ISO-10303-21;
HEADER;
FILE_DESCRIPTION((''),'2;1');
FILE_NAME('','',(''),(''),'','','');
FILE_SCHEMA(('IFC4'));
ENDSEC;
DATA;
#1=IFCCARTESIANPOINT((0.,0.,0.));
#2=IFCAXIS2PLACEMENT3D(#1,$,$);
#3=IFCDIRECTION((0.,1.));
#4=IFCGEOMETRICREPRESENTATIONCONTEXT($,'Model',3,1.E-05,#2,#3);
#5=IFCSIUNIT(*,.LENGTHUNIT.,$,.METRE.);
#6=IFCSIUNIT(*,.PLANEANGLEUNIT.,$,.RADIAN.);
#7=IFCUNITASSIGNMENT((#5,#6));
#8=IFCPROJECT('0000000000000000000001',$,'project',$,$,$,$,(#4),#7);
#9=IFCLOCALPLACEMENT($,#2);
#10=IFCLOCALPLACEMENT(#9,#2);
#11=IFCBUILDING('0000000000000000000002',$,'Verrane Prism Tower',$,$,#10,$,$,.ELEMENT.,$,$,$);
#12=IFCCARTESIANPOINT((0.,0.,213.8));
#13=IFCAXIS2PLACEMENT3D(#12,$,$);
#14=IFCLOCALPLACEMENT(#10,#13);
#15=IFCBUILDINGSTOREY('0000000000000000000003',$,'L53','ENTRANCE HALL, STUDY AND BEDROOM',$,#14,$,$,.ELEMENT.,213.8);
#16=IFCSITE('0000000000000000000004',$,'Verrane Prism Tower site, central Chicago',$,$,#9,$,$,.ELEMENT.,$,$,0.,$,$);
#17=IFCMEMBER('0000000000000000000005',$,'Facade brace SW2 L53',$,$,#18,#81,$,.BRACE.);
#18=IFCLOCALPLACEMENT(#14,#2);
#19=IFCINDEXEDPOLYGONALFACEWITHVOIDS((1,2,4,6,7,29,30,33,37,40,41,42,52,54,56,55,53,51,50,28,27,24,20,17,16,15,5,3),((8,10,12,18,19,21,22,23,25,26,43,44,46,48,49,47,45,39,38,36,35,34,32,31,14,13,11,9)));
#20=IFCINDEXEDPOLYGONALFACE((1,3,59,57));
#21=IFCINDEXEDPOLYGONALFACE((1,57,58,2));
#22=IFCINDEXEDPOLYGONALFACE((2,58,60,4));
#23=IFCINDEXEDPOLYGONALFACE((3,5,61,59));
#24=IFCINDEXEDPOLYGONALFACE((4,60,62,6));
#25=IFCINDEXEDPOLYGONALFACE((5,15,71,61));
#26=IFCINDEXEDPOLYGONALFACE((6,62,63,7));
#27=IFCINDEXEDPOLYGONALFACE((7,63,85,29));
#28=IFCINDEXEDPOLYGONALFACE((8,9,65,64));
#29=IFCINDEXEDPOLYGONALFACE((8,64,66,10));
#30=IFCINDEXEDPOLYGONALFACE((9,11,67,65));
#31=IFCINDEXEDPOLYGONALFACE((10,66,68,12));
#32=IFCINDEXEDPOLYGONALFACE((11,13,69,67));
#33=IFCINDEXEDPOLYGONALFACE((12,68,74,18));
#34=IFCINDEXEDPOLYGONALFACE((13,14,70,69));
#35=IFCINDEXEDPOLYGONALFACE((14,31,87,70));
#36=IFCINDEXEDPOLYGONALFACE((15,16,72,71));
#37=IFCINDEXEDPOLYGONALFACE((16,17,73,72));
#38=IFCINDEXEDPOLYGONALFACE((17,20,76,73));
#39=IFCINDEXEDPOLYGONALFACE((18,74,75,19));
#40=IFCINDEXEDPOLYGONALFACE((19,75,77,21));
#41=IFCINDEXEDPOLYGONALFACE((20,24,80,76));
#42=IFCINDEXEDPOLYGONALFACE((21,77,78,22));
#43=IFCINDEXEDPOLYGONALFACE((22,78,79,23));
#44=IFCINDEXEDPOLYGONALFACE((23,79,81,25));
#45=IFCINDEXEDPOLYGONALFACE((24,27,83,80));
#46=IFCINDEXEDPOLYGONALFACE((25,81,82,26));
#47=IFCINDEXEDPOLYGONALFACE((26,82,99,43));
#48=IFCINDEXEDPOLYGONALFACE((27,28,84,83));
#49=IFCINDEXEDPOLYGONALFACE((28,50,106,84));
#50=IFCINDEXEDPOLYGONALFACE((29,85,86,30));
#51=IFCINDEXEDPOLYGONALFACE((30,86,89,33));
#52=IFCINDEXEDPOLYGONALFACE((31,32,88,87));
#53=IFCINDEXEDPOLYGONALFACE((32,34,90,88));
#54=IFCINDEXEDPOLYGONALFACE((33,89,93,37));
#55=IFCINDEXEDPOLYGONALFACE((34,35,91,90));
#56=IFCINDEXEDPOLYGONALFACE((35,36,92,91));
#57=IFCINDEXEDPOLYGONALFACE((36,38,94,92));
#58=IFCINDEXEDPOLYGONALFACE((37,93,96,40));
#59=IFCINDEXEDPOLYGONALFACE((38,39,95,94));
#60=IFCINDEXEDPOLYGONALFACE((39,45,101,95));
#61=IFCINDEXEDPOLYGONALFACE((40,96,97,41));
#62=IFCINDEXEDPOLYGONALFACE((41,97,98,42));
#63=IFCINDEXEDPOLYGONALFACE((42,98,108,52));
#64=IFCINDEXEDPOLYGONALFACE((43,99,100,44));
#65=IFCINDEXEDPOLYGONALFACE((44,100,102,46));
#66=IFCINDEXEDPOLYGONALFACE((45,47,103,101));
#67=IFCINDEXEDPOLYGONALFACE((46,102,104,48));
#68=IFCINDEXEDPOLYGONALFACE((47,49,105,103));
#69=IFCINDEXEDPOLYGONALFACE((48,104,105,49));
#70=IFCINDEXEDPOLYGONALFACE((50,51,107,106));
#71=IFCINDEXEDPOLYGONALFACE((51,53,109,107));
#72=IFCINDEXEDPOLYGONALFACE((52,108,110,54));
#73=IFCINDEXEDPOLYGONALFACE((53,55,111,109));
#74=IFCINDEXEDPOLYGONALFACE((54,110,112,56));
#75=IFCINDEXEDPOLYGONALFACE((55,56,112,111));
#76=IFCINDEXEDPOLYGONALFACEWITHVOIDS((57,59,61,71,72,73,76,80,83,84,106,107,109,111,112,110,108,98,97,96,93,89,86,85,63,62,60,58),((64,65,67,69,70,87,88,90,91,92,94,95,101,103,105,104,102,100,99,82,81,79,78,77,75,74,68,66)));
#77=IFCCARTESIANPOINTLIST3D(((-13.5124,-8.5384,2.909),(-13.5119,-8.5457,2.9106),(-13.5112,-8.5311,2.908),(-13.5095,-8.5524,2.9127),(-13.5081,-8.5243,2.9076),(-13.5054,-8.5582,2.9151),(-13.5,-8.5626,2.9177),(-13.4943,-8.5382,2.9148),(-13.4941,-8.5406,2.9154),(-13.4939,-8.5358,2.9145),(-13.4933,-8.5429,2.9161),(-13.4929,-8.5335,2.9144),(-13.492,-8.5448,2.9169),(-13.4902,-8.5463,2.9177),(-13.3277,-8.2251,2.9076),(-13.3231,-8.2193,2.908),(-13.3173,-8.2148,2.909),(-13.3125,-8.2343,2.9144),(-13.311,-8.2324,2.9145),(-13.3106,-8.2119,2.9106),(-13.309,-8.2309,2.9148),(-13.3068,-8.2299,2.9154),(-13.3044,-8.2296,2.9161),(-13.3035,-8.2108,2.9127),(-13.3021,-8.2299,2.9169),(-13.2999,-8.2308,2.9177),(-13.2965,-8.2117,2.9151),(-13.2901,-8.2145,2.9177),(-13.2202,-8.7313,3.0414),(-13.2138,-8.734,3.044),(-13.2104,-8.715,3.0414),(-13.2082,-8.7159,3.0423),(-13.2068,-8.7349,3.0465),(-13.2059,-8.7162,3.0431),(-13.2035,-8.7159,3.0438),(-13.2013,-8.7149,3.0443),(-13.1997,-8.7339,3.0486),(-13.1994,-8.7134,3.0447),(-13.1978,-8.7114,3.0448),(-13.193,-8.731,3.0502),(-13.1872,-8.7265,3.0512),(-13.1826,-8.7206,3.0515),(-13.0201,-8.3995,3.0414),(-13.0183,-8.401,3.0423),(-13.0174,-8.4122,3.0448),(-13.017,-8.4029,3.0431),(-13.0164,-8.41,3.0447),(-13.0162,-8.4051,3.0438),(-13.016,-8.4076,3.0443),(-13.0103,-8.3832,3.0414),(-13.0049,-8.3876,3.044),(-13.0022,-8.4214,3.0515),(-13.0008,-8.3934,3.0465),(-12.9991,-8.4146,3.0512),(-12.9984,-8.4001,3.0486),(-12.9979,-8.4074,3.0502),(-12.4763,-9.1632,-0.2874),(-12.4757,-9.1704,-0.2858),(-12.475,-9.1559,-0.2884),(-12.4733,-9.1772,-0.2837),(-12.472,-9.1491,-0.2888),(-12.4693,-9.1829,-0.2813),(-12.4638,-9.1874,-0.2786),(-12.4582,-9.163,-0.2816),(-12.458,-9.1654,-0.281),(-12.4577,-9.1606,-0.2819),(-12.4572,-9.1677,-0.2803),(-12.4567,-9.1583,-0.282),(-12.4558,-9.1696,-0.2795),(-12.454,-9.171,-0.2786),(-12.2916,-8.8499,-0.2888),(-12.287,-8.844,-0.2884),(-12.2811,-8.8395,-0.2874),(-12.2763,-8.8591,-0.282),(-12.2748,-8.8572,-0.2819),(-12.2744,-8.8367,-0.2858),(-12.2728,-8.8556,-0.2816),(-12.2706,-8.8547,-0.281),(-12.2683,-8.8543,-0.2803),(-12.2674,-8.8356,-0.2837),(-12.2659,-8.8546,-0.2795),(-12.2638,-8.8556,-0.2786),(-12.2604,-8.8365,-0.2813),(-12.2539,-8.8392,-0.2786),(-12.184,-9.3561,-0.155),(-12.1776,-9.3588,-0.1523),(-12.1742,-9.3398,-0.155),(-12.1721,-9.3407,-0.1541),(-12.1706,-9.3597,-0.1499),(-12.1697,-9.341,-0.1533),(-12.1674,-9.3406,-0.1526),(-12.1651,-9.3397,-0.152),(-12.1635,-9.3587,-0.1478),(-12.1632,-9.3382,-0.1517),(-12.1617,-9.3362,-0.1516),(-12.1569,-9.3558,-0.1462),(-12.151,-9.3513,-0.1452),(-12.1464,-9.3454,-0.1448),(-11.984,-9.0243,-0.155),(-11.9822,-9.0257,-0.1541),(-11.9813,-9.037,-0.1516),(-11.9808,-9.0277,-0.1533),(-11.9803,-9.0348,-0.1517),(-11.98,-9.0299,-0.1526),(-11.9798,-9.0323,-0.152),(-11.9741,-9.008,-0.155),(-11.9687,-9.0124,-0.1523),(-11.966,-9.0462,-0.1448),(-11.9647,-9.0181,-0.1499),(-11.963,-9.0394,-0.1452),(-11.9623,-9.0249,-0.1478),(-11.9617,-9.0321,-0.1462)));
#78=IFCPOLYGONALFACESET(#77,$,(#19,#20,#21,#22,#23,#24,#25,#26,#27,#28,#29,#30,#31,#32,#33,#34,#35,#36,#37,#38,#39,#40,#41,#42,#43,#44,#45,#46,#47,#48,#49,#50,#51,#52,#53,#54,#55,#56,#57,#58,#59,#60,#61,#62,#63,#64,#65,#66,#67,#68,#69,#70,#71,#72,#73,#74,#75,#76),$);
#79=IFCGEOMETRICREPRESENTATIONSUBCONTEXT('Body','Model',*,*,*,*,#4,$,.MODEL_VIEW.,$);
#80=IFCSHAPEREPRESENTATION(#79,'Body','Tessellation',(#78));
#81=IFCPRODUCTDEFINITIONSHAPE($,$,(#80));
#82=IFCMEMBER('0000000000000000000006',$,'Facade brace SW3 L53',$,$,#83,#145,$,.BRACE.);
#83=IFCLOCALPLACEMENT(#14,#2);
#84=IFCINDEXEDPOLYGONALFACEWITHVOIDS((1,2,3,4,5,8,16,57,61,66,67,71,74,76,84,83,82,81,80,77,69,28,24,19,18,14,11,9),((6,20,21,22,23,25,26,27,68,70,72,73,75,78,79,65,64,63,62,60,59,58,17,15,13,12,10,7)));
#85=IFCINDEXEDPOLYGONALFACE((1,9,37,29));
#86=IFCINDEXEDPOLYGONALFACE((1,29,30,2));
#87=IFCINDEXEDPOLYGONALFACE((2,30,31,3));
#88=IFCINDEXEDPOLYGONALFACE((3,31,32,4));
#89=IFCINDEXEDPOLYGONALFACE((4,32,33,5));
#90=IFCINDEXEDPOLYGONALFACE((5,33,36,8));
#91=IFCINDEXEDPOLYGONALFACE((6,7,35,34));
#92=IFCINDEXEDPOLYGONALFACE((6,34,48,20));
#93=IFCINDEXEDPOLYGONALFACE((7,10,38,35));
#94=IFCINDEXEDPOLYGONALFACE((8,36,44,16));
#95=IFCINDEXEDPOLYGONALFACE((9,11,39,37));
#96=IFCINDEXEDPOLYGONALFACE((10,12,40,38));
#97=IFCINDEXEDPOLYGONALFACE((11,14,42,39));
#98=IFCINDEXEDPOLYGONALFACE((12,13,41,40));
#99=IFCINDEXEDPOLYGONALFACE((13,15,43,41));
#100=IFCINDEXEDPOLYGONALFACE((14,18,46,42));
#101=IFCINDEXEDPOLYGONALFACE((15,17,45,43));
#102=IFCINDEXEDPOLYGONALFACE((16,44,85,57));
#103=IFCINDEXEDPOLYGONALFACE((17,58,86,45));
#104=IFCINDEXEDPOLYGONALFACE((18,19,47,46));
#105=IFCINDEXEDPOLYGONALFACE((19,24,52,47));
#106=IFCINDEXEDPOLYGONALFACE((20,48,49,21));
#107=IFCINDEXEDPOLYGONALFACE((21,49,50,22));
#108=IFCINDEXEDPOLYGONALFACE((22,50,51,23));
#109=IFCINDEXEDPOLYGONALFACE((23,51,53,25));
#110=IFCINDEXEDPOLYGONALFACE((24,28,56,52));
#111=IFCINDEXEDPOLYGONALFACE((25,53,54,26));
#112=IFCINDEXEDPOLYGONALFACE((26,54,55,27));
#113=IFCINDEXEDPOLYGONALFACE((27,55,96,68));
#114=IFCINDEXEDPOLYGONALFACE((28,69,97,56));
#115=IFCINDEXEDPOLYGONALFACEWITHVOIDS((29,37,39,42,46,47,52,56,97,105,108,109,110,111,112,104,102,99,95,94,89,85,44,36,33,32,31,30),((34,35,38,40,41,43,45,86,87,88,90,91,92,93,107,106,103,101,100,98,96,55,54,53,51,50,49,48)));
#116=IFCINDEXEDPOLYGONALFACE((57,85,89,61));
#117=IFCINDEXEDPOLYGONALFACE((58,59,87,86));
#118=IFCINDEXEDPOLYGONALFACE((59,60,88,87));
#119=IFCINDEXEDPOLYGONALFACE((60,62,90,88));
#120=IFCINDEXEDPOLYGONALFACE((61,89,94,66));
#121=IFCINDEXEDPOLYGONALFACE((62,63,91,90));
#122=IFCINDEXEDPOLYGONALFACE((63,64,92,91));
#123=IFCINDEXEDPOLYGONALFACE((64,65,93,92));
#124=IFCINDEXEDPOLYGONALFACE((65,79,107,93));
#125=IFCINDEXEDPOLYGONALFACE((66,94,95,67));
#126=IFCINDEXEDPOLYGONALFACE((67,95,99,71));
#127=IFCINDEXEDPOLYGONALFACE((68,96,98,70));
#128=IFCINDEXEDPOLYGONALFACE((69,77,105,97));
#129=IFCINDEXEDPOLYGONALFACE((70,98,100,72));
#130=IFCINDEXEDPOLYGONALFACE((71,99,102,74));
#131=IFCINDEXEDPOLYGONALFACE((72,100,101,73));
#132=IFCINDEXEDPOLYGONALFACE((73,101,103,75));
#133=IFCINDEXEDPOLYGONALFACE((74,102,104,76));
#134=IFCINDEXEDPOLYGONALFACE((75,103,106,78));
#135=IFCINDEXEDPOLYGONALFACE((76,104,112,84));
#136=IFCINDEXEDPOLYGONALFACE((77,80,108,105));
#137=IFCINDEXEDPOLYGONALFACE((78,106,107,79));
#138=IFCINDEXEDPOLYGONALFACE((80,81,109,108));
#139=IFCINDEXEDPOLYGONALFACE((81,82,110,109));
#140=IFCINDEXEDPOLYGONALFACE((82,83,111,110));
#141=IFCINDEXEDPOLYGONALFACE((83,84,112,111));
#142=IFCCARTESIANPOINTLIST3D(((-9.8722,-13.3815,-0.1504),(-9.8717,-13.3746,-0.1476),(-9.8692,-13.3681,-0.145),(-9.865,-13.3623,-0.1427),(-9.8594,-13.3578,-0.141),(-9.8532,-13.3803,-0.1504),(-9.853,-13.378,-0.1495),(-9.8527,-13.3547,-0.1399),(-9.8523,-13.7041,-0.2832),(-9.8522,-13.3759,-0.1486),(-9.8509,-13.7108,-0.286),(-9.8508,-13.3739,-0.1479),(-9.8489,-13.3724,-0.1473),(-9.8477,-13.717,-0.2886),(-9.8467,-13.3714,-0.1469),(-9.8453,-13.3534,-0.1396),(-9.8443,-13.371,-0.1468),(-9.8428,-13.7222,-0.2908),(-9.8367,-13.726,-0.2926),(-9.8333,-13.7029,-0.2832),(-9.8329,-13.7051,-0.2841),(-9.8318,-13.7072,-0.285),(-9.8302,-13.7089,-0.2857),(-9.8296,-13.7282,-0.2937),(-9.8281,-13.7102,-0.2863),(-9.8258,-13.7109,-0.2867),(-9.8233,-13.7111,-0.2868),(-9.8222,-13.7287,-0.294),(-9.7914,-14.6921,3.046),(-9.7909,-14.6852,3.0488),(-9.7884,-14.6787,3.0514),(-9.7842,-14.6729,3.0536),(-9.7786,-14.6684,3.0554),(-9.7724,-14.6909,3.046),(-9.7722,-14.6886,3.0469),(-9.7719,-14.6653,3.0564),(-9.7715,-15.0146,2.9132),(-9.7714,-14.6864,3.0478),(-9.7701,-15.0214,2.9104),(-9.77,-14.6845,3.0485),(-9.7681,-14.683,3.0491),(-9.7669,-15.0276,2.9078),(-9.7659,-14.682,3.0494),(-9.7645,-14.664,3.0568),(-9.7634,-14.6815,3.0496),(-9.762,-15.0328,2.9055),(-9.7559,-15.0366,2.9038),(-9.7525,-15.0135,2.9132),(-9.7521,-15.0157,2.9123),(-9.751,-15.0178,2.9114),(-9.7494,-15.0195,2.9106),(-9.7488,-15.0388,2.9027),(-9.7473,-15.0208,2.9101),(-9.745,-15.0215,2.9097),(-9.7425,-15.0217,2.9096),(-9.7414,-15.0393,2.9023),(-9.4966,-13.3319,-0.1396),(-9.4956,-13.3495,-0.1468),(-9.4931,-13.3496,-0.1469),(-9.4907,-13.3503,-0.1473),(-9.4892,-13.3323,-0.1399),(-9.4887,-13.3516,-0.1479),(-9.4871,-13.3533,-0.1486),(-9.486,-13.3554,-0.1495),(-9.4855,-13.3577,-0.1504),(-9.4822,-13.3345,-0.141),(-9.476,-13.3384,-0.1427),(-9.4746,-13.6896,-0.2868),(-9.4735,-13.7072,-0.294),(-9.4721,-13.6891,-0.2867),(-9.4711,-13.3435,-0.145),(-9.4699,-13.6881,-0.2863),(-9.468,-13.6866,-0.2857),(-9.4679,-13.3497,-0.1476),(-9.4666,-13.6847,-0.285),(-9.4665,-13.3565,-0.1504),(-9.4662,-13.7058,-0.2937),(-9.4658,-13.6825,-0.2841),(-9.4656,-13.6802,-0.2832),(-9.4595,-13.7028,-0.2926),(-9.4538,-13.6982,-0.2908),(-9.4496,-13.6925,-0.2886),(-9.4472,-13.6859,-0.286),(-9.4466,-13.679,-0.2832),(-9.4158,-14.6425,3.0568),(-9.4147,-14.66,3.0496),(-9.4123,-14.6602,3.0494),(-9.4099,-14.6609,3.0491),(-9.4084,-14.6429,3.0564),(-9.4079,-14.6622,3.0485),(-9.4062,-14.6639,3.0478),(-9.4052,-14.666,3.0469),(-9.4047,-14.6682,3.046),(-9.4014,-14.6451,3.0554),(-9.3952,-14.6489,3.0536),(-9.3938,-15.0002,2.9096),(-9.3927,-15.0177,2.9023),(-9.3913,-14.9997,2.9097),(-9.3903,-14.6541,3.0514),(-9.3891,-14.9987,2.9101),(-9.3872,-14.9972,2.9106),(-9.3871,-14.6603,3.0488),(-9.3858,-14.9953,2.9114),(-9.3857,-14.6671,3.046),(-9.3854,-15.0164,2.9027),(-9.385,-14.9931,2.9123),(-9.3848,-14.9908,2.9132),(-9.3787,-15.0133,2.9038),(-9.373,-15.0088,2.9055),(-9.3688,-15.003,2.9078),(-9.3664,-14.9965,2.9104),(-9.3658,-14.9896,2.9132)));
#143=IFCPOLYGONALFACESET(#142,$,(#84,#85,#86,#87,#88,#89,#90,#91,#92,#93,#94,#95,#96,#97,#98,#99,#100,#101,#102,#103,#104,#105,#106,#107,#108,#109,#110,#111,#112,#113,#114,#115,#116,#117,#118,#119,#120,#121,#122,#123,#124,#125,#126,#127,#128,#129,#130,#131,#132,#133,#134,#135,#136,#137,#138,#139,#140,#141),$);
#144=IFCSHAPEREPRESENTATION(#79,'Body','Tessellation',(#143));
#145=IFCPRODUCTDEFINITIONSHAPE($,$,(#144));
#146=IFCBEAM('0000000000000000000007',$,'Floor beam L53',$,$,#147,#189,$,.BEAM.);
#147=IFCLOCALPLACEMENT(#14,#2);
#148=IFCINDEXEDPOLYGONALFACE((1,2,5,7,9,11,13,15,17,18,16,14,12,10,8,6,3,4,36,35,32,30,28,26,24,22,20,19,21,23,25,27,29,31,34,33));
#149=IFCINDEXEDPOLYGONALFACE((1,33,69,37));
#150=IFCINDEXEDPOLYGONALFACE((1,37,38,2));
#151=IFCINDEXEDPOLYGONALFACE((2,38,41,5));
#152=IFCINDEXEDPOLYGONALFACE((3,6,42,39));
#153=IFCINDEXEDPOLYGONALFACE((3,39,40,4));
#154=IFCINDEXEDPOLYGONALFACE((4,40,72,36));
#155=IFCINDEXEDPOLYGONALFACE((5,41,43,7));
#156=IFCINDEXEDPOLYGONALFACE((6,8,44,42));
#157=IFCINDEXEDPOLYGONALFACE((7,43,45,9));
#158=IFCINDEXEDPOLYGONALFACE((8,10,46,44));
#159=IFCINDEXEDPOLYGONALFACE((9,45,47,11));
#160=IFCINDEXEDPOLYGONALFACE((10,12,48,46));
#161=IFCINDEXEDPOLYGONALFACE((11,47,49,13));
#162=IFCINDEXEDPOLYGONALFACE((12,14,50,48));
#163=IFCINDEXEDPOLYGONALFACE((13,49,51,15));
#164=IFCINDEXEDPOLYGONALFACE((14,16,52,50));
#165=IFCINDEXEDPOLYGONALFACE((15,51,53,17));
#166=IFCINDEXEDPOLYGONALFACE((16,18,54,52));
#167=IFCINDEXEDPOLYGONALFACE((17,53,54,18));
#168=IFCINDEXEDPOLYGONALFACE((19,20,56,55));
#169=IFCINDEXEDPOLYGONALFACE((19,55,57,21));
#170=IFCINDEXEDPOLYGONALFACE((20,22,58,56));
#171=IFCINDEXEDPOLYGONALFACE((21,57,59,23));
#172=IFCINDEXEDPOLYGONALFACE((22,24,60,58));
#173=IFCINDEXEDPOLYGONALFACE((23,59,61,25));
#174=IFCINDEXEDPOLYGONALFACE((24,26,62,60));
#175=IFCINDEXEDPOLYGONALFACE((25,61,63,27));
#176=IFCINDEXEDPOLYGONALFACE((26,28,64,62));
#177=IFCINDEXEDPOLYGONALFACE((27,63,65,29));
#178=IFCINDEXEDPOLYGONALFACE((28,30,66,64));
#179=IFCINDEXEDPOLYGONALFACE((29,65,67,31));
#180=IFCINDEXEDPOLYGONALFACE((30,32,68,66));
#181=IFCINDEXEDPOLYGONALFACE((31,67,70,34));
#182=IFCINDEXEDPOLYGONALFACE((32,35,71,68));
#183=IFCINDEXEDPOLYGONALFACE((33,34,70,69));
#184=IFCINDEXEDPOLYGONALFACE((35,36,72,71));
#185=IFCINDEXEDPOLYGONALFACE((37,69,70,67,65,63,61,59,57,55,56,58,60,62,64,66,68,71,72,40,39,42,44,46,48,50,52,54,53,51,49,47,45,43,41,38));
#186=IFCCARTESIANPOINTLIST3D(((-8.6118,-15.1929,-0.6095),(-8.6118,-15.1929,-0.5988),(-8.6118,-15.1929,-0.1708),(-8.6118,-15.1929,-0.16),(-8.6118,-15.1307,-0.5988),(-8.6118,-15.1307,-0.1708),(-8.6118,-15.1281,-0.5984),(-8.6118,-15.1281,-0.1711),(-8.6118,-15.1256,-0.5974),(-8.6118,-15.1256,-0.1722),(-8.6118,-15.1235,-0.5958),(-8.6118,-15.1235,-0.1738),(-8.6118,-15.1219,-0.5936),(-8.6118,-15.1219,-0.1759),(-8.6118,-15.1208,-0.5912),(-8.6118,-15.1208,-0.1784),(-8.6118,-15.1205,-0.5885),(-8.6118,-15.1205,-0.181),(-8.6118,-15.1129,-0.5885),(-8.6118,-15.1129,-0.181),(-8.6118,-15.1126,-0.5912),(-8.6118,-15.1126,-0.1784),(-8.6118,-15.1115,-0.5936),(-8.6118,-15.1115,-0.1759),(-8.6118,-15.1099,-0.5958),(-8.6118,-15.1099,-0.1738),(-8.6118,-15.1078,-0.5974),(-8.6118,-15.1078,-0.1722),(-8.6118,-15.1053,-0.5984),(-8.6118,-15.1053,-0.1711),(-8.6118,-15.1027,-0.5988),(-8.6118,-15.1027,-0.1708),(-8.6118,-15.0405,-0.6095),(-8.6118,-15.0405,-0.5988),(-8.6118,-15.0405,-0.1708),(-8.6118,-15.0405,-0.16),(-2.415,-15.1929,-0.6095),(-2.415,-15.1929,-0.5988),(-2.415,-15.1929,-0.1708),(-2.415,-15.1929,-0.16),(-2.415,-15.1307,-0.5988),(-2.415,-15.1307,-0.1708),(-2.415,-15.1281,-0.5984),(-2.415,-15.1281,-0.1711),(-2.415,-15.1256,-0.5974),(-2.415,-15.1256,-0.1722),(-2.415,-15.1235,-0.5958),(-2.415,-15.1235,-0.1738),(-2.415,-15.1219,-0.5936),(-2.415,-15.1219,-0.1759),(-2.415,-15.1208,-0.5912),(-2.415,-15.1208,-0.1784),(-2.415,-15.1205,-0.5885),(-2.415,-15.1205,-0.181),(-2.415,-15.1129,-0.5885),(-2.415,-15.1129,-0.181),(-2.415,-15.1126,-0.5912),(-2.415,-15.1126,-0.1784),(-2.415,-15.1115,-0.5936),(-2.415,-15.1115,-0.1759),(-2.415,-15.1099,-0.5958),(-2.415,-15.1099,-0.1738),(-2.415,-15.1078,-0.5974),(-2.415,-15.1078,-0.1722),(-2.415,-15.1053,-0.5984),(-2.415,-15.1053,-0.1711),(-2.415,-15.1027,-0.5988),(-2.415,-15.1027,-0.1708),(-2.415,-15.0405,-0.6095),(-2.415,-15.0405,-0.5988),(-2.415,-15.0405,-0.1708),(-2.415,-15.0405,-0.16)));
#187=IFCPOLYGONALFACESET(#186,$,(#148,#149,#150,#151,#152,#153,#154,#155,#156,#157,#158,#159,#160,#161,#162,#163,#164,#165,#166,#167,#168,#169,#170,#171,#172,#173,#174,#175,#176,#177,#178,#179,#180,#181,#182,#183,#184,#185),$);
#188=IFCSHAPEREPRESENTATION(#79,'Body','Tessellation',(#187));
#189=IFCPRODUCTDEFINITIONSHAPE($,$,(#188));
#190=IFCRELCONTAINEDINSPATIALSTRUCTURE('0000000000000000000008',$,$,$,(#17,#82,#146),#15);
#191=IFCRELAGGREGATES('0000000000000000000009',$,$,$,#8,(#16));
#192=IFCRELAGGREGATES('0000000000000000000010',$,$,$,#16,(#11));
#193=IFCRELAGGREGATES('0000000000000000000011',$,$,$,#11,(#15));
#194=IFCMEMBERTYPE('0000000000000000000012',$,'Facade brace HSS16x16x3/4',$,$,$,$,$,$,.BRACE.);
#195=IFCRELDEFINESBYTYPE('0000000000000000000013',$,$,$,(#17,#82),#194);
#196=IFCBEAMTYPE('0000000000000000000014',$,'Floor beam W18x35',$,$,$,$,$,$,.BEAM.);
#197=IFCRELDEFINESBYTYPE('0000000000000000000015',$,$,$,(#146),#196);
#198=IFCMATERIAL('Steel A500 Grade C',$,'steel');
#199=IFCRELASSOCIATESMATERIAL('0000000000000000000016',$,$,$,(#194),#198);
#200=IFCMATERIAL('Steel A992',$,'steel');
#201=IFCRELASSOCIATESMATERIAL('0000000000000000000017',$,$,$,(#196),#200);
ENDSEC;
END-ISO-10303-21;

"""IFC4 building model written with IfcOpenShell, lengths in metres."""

from ifc_helpers import new_model, si_unit, direction, frame, origin, origin_2d, place, context, subcontext, project, spatial, hollow_rectangle, i_section, extrude, material, material_profile, profile_set, type_object, element, save


model = new_model("IFC4")

# Units and contexts
model_context = context("Model", 3, precision=1e-05, world=origin(), true_north=direction((0.0, 1.0)))
body_context = subcontext(model_context, "Body", "Model", "MODEL_VIEW")
ifc_project = project(units=[si_unit("LENGTHUNIT", "METRE"), si_unit("PLANEANGLEUNIT", "RADIAN")], contexts=[model_context])

# Site, building, storey
site_placement = place(None, origin())
site = spatial("IfcSite", under=ifc_project, at=site_placement, Name="Verrane Prism Tower site, central Chicago", CompositionType="ELEMENT", RefElevation=0.0)
building_placement = place(site_placement, origin())
building = spatial("IfcBuilding", under=site, at=building_placement, Name="Verrane Prism Tower", CompositionType="ELEMENT")
storey_placement = place(building_placement, frame((0.0, 0.0, 213.8)))
storey = spatial("IfcBuildingStorey", under=building, at=storey_placement, Name="L53", Description="ENTRANCE HALL, STUDY AND BEDROOM", CompositionType="ELEMENT", Elevation=213.8)

# Members
ifc_material_1 = material(Name="Steel A500 Grade C", Category="steel")
ifc_material_profile_1 = material_profile(ifc_material_1, hollow_rectangle(XDim=0.4065, YDim=0.4065, WallThickness=0.019, InnerFilletRadius=0.0095, OuterFilletRadius=0.0286, at=origin_2d()), Name="HSS16x16x3/4")
ifc_profile_set_1 = profile_set([ifc_material_profile_1], Name="Steel A500 Grade C")
member_type_1 = type_object("IfcMemberType", Name="Facade brace HSS16x16x3/4", PredefinedType="BRACE", material=ifc_profile_set_1)
member_1_placement = place(storey_placement, frame((-12.219, -9.0977, -0.2168), z_axis=(-0.303173, 0.182804, 0.935237), x_axis=(-0.516364, -0.856369, 0.0)))
element("IfcMember", 1, at=member_1_placement, inside=storey, type_object=member_type_1, Name="Facade brace SW2 L53", PredefinedType="BRACE", context=body_context, shape_type="SweptSolid", body=[
    extrude(hollow_rectangle(XDim=0.4065, YDim=0.4065, WallThickness=0.019, InnerFilletRadius=0.0095, OuterFilletRadius=0.0286, at=origin_2d()), origin(), (0.0, 0.0, 1.0), 3.4177),
])
member_2_placement = place(storey_placement, frame((-9.6594, -13.5303, -0.2168), z_axis=(0.023386, -0.379266, 0.924992), x_axis=(0.998104, 0.061545, 0.0)))
element("IfcMember", 2, at=member_2_placement, inside=storey, type_object=member_type_1, Name="Facade brace SW3 L53", PredefinedType="BRACE", context=body_context, shape_type="SweptSolid", body=[
    extrude(hollow_rectangle(XDim=0.4065, YDim=0.4065, WallThickness=0.019, InnerFilletRadius=0.0095, OuterFilletRadius=0.0286, at=origin_2d()), origin(), (0.0, 0.0, 1.0), 3.4556),
])

# Beam
ifc_material_2 = material(Name="Steel A992", Category="steel")
ifc_material_profile_2 = material_profile(ifc_material_2, i_section(OverallWidth=0.1523, OverallDepth=0.4495, WebThickness=0.0076, FlangeThickness=0.0107, FilletRadius=0.0103, at=origin_2d()), Name="W18x35")
ifc_profile_set_2 = profile_set([ifc_material_profile_2], Name="Steel A992")
beam_type_1 = type_object("IfcBeamType", Name="Floor beam W18x35", PredefinedType="BEAM", material=ifc_profile_set_2)
beam_1_placement = place(storey_placement, frame((-8.6118, -15.1167, -0.3848), z_axis=(1.0, 0.0, 0.0), x_axis=(0.0, 1.0, 0.0)))
element("IfcBeam", 3, at=beam_1_placement, inside=storey, type_object=beam_type_1, Name="Floor beam L53", PredefinedType="BEAM", context=body_context, shape_type="SweptSolid", body=[
    extrude(i_section(OverallWidth=0.1523, OverallDepth=0.4495, WebThickness=0.0076, FlangeThickness=0.0107, FilletRadius=0.0103, at=origin_2d()), origin(), (0.0, 0.0, 1.0), 6.1968),
])

save(model, "model.ifc")
